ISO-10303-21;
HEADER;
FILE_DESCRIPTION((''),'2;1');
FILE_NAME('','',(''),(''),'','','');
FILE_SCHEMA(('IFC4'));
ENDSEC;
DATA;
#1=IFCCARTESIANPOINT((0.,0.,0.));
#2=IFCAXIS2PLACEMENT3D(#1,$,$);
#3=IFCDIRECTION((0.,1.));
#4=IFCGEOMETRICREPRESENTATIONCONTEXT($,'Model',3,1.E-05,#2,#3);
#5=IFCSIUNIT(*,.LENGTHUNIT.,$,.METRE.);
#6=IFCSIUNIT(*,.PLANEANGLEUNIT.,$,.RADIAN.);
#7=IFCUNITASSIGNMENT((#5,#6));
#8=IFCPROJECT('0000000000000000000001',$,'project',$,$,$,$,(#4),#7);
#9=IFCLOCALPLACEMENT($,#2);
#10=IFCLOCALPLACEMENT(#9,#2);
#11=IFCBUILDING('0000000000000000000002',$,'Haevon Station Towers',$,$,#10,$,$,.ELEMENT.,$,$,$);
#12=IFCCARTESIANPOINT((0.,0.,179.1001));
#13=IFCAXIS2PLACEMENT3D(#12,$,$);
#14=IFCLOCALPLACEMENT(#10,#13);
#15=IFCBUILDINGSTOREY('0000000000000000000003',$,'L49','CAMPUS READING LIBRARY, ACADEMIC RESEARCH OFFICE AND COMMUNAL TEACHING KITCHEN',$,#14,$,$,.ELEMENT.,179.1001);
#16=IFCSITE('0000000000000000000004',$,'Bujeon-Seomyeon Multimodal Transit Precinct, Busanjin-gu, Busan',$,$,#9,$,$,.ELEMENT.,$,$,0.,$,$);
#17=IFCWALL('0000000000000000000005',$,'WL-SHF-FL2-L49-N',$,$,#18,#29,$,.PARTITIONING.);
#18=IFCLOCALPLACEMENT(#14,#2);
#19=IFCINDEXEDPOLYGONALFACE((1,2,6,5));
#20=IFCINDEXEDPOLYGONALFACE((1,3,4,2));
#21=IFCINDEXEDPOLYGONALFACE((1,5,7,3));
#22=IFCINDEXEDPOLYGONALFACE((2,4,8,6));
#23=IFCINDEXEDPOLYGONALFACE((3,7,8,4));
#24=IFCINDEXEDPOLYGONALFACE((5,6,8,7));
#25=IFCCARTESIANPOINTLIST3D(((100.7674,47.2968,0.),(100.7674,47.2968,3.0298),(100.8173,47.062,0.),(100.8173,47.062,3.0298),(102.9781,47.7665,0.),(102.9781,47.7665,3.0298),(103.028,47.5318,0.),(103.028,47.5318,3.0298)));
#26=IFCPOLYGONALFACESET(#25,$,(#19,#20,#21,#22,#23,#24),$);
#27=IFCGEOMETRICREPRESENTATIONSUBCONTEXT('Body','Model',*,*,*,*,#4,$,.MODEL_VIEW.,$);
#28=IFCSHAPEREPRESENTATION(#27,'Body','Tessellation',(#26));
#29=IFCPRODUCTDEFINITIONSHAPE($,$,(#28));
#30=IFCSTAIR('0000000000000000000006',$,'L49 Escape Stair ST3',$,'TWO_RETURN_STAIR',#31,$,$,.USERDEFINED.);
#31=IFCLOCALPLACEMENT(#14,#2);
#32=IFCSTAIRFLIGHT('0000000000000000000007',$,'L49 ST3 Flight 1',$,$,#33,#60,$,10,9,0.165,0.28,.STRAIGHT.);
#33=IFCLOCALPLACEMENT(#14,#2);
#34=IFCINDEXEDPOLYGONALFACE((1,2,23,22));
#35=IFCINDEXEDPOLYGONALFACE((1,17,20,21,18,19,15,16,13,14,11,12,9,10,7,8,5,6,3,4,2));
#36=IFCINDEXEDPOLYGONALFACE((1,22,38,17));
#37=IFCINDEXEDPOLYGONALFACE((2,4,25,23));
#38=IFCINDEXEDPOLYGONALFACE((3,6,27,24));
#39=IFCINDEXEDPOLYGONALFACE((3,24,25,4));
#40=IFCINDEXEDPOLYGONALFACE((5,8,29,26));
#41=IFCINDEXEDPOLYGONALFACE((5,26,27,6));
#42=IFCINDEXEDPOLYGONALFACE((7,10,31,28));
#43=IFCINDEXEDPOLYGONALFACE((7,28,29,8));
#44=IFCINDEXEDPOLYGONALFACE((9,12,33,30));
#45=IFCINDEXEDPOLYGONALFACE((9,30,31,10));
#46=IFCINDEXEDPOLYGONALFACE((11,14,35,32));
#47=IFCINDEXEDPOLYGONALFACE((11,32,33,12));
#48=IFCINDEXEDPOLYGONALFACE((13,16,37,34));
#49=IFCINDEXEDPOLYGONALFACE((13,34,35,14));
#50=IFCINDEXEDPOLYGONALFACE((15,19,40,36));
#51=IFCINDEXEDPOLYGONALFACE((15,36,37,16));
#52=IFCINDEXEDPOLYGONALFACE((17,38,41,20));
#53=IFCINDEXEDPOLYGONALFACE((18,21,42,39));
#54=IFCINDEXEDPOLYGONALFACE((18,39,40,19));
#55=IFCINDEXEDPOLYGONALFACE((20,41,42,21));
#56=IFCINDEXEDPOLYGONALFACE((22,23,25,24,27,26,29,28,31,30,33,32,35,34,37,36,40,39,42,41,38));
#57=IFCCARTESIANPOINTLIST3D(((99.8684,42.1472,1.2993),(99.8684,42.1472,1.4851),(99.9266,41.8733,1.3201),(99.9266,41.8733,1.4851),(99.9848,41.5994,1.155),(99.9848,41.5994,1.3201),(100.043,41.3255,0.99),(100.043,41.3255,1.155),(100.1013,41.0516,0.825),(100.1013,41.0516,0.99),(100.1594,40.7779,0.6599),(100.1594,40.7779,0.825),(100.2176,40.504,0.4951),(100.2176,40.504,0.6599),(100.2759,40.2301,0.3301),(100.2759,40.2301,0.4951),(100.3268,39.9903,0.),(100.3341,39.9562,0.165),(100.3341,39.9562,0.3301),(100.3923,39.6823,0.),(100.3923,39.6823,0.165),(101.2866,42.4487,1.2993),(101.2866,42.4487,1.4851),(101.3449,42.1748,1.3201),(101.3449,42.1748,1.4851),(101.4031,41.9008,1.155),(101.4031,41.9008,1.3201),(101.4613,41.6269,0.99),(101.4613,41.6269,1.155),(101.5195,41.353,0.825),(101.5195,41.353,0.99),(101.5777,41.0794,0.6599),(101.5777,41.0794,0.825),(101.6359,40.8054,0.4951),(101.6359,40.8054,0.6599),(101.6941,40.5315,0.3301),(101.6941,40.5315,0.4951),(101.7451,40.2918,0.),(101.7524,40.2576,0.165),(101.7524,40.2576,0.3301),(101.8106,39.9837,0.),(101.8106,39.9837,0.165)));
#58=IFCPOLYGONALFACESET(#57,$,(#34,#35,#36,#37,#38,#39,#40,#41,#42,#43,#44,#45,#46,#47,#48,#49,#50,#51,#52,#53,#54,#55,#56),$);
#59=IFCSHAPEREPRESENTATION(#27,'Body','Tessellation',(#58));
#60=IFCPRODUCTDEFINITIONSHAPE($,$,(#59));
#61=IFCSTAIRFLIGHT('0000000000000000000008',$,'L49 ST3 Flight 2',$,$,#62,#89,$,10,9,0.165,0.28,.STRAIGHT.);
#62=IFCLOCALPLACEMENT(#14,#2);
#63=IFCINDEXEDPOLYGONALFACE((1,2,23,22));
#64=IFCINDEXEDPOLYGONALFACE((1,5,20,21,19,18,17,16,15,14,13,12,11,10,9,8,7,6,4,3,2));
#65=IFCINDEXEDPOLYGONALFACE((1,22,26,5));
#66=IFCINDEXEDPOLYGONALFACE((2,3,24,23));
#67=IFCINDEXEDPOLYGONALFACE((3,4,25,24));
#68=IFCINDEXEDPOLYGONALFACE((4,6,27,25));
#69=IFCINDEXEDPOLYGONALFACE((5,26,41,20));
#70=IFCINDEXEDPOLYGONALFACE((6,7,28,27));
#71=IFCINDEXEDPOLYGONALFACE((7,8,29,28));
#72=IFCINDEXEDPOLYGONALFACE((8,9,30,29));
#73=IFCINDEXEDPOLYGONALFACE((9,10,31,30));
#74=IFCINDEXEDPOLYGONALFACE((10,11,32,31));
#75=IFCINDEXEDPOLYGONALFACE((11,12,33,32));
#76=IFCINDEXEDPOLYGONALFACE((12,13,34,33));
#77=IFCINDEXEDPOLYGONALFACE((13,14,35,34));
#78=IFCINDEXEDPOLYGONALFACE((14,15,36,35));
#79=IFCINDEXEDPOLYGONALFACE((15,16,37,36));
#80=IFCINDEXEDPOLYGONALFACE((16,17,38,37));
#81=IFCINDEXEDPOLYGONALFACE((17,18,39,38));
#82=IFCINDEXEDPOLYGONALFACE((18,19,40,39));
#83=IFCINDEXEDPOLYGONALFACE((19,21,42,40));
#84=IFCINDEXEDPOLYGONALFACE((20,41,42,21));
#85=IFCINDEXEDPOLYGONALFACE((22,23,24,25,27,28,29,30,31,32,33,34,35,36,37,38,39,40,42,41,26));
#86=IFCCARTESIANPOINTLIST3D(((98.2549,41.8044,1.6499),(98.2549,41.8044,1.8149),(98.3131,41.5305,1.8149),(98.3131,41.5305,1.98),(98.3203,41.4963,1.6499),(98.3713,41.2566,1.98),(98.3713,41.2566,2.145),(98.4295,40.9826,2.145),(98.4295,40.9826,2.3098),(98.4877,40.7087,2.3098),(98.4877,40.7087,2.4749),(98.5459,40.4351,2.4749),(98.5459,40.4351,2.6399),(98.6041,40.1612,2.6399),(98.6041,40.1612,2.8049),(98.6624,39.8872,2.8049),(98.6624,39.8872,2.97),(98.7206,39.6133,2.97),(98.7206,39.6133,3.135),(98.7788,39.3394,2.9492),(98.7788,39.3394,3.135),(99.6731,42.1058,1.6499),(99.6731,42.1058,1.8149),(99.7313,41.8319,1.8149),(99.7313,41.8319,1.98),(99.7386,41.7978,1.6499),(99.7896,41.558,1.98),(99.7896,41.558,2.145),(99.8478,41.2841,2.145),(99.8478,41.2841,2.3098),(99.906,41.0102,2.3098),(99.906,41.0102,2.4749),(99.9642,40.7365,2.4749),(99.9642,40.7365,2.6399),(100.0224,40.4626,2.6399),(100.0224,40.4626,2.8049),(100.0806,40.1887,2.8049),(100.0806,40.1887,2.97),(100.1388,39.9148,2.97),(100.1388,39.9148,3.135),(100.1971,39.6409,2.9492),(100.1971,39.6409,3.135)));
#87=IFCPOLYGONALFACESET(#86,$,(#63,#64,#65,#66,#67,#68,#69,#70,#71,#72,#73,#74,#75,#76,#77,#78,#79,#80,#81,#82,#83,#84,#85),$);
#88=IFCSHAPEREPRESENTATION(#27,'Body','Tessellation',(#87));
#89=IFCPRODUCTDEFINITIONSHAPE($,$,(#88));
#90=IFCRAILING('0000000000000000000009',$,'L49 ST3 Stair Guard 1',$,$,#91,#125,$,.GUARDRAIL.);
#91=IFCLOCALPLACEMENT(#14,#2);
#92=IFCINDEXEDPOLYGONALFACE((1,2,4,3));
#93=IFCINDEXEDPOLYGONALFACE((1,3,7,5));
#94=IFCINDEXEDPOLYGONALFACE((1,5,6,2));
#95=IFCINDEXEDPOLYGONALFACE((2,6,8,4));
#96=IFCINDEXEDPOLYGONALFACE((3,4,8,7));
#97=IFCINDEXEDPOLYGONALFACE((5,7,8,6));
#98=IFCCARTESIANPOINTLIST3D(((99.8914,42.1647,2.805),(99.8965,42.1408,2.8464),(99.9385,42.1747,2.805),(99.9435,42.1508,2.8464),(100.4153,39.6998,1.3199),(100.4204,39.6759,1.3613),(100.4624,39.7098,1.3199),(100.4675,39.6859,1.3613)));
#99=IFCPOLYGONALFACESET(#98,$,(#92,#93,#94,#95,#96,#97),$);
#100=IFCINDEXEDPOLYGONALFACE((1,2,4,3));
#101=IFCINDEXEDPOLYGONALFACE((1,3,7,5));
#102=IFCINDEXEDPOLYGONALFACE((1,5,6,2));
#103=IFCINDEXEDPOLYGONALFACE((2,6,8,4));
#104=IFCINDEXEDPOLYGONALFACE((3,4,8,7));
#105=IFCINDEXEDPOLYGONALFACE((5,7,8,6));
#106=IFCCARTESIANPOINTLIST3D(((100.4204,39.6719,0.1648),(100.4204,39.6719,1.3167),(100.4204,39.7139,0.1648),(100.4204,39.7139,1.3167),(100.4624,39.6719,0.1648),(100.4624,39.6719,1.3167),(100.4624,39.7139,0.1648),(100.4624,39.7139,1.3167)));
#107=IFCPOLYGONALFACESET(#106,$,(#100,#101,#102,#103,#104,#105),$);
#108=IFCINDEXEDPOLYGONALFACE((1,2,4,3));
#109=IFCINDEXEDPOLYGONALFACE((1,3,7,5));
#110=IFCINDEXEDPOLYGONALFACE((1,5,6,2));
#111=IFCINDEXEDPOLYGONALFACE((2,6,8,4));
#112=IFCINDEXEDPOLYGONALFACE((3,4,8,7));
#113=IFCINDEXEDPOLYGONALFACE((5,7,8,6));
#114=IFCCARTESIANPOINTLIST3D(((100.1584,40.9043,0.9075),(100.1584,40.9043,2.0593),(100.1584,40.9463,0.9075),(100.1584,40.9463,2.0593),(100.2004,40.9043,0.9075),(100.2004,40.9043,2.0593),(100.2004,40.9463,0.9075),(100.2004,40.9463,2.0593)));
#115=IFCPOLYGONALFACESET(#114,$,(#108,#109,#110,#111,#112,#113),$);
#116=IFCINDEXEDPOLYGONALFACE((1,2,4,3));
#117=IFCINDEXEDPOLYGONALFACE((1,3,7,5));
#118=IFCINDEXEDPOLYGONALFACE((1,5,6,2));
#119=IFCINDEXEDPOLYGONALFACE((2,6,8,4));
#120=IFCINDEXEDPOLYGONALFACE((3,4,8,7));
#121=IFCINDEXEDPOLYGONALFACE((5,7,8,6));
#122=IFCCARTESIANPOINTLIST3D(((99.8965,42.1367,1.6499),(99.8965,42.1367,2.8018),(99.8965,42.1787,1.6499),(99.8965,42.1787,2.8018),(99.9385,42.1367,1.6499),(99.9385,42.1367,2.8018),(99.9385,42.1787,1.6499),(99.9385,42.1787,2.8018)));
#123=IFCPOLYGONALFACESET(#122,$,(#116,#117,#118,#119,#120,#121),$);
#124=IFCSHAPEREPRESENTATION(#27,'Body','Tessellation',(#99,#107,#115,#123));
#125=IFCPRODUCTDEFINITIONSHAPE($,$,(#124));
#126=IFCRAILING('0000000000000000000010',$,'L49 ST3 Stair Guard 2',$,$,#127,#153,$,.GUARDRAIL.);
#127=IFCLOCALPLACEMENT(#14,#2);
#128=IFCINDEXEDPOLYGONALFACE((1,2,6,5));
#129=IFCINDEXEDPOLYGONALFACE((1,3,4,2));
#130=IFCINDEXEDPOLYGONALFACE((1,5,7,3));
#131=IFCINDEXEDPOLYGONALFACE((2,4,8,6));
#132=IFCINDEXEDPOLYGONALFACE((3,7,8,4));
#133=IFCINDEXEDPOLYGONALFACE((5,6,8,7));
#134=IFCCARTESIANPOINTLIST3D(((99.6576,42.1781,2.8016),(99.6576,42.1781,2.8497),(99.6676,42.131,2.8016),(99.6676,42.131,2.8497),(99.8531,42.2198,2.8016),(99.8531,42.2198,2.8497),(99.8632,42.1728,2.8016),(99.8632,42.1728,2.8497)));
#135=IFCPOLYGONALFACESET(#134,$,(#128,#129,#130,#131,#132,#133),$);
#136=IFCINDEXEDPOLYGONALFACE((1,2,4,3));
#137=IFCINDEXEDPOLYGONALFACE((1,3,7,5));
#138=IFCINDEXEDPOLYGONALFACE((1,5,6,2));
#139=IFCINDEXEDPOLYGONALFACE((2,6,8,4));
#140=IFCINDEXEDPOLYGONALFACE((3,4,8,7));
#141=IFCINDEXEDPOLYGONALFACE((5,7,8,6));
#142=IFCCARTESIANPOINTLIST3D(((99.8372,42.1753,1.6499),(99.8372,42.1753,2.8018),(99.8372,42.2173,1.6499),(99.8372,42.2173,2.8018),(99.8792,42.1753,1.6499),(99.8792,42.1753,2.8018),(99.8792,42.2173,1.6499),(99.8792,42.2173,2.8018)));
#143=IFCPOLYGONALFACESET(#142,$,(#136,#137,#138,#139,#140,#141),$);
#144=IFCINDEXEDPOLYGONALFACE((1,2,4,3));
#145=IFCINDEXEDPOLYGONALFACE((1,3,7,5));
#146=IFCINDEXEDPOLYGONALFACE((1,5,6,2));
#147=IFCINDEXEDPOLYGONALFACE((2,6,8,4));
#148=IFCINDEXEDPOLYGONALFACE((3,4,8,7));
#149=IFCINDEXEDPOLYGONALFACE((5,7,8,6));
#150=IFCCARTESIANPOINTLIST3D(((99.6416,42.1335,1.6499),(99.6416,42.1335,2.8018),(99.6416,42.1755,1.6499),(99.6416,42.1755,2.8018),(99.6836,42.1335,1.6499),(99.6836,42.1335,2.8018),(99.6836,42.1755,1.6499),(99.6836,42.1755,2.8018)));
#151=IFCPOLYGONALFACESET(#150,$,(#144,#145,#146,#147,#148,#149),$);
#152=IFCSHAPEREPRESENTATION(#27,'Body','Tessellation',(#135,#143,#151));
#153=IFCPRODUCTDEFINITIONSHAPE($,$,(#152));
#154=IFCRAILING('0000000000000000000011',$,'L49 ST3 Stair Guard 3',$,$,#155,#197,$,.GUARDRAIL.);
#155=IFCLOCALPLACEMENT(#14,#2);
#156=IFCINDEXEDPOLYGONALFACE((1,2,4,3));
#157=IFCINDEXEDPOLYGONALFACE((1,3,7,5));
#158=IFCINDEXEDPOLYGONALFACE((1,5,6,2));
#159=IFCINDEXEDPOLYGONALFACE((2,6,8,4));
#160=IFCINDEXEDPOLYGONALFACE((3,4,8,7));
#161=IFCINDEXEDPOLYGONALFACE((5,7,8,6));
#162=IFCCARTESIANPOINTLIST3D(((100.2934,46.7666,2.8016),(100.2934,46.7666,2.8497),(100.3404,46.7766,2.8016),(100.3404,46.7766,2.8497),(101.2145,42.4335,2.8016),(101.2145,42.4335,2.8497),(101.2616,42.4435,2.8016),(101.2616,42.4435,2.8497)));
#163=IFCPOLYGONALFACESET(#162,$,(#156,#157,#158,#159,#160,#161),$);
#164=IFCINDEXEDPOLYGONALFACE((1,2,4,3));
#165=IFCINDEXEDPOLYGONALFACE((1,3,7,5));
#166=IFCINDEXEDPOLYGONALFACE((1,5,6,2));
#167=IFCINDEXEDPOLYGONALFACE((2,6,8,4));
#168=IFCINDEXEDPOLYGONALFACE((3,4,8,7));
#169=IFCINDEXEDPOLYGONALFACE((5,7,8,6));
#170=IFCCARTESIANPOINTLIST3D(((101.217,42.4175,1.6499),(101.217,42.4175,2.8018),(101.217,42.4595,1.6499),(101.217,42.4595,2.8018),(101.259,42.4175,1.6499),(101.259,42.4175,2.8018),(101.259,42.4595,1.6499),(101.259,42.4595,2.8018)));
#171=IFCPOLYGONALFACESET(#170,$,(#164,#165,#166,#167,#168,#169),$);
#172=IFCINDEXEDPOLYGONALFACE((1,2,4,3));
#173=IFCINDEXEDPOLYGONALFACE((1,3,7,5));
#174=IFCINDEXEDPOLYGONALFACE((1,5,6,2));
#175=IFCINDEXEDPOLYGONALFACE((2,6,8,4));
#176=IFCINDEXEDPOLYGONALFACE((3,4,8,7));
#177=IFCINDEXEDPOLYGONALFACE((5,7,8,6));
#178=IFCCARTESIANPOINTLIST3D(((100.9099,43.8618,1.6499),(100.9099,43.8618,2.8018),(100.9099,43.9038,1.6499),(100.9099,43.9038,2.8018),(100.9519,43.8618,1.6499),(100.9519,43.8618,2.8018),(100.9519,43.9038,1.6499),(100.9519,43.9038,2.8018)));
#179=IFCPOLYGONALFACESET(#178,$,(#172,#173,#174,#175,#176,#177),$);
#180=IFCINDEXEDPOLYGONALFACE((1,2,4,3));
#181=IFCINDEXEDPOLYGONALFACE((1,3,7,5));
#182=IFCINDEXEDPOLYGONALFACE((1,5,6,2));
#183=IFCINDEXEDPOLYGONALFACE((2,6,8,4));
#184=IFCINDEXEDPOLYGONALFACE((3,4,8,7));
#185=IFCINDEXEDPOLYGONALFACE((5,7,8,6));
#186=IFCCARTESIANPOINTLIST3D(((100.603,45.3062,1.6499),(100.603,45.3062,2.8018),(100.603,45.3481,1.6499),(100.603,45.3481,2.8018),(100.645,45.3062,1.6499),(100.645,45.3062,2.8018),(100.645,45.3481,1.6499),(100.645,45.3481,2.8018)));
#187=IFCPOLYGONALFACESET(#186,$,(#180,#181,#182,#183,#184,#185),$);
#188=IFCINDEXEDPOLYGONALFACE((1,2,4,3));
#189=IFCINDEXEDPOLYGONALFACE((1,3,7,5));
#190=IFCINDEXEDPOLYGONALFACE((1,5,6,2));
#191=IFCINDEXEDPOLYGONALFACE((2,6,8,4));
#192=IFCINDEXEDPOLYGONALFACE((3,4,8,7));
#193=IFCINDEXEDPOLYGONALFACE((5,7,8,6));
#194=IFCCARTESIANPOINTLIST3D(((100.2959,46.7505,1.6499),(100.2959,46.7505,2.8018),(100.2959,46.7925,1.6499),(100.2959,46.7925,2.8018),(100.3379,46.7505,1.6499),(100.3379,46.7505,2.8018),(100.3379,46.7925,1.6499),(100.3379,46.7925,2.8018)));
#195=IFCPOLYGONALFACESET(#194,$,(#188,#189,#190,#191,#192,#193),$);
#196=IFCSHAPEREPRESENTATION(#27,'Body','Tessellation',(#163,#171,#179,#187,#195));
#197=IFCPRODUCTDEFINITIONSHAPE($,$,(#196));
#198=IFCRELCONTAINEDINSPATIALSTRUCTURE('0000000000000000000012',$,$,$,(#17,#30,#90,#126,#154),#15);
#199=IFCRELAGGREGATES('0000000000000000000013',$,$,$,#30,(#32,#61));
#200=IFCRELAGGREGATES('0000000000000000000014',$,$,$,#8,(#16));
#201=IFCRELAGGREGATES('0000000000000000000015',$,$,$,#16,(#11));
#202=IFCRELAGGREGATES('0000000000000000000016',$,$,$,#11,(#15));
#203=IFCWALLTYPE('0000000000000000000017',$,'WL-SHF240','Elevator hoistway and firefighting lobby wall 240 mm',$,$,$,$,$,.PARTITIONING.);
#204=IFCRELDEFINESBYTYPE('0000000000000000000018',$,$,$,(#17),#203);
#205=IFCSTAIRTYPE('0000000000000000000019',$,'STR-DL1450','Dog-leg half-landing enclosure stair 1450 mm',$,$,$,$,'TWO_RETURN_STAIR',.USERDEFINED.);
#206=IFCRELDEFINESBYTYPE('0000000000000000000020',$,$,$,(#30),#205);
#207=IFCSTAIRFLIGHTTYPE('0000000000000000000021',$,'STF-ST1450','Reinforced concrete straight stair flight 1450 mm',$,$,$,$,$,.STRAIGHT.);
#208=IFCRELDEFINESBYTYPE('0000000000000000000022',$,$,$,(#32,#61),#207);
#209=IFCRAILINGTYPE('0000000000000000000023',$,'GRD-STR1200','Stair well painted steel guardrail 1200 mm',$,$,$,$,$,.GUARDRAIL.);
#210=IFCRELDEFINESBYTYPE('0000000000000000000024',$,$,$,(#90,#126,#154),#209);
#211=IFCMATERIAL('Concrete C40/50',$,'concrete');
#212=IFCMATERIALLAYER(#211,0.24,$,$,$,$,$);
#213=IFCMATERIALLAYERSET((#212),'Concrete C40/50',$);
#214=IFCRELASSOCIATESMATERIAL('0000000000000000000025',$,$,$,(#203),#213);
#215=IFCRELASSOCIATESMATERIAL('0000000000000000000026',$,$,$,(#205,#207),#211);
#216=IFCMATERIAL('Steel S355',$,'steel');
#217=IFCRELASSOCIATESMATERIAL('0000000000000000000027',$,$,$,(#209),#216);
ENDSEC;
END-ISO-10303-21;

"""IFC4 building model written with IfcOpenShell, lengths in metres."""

from ifc_helpers import new_model, si_unit, direction, frame, frame_2d, origin, origin_2d, place, context, subcontext, project, spatial, polyline, rectangle, outline, extrude, material, layer, layer_set, type_object, element, aggregate, save


model = new_model("IFC4")

# Units and contexts
model_context = context("Model", 3, precision=1e-05, world=origin(), true_north=direction((0.0, 1.0)))
body_context = subcontext(model_context, "Body", "Model", "MODEL_VIEW")
ifc_project = project(units=[si_unit("LENGTHUNIT", "METRE"), si_unit("PLANEANGLEUNIT", "RADIAN")], contexts=[model_context])

# Site, building, storey
site_placement = place(None, origin())
site = spatial("IfcSite", under=ifc_project, at=site_placement, Name="Bujeon-Seomyeon Multimodal Transit Precinct, Busanjin-gu, Busan", CompositionType="ELEMENT", RefElevation=0.0)
building_placement = place(site_placement, origin())
building = spatial("IfcBuilding", under=site, at=building_placement, Name="Haevon Station Towers", CompositionType="ELEMENT")
storey_placement = place(building_placement, frame((0.0, 0.0, 179.1001)))
storey = spatial("IfcBuildingStorey", under=building, at=storey_placement, Name="L49", Description="CAMPUS READING LIBRARY, ACADEMIC RESEARCH OFFICE AND COMMUNAL TEACHING KITCHEN", CompositionType="ELEMENT", Elevation=179.1001)

# Shared definitions
ifc_material_1 = material(Name="Steel S355", Category="steel")

# Shared definitions
ifc_material_2 = material(Name="Concrete C40/50", Category="concrete")
ifc_layer_1 = layer(ifc_material_2, 0.24)
ifc_layer_set_1 = layer_set([ifc_layer_1], Name="Concrete C40/50")
wall_type_1 = type_object("IfcWallType", Name="WL-SHF240", Description="Elevator hoistway and firefighting lobby wall 240 mm", PredefinedType="PARTITIONING", material=ifc_layer_set_1)

# Wall
wall_1_placement = place(storey_placement, frame((100.7925, 47.1794, 0.0), z_axis=(0.0, 0.0, 1.0), x_axis=(0.978163, 0.207839, 0.0)))
element("IfcWall", 1, at=wall_1_placement, inside=storey, type_object=wall_type_1, Name="WL-SHF-FL2-L49-N", PredefinedType="PARTITIONING", context=body_context, shape_type="SweptSolid", body=[
    extrude(rectangle(XDim=2.26, YDim=0.24, at=frame_2d((1.1299, 0.0))), origin(), (0.0, 0.0, 1.0), 3.0298),
])

# Stair, stair flights
stair_type = type_object("IfcStairType", Name="STR-DL1450", Description="Dog-leg half-landing enclosure stair 1450 mm", ElementType="TWO_RETURN_STAIR", PredefinedType="USERDEFINED", material=ifc_material_2)
stair_placement = place(storey_placement, origin())
stair = element("IfcStair", 2, at=stair_placement, inside=storey, type_object=stair_type, Name="L49 Escape Stair ST3", ObjectType="TWO_RETURN_STAIR", PredefinedType="USERDEFINED")
stair_flight_type = type_object("IfcStairFlightType", Name="STF-ST1450", Description="Reinforced concrete straight stair flight 1450 mm", PredefinedType="STRAIGHT", material=ifc_material_2)
stair_flight_1_placement = place(storey_placement, frame((101.1016, 39.833, 0.0), z_axis=(0.0, 0.0, 1.0), x_axis=(-0.207912, 0.978148, 0.0)))
stair_flight_1 = element("IfcStairFlight", 3, at=stair_flight_1_placement, type_object=stair_flight_type, Name="L49 ST3 Flight 1", NumberOfRisers=10, NumberOfTreads=9, PredefinedType="STRAIGHT", RiserHeight=0.165, TreadLength=0.28, context=body_context, shape_type="SweptSolid", body=[
    extrude(outline(polyline([(0.0, 0.0), (0.0, 0.165), (0.28, 0.165), (0.28, 0.3301), (0.5601, 0.3301), (0.5601, 0.4951), (0.8401, 0.4951), (0.8401, 0.6599), (1.1201, 0.6599), (1.1201, 0.825), (1.3999, 0.825), (1.3999, 0.99), (1.6799, 0.99), (1.6799, 1.155), (1.96, 1.155), (1.96, 1.3201), (2.24, 1.3201), (2.24, 1.4851), (2.52, 1.4851), (2.52, 1.6499), (2.52, 1.2993), (0.3149, 0.0), (0.0, 0.0)])), frame((0.0, 0.7251, 0.0), z_axis=(0.0, -1.0, 0.0), x_axis=(1.0, 0.0, 0.0)), (0.0, 0.0, 1.0), 1.45),
])
stair_flight_2_placement = place(storey_placement, frame((98.9639, 41.9551, 1.6499), z_axis=(0.0, 0.0, 1.0), x_axis=(0.207912, -0.978148, 0.0)))
stair_flight_2 = element("IfcStairFlight", 4, at=stair_flight_2_placement, type_object=stair_flight_type, Name="L49 ST3 Flight 2", NumberOfRisers=10, NumberOfTreads=9, PredefinedType="STRAIGHT", RiserHeight=0.165, TreadLength=0.28, context=body_context, shape_type="SweptSolid", body=[
    extrude(outline(polyline([(0.0, 0.0), (0.0, 0.165), (0.28, 0.165), (0.28, 0.3301), (0.5601, 0.3301), (0.5601, 0.4951), (0.8401, 0.4951), (0.8401, 0.6599), (1.1201, 0.6599), (1.1201, 0.825), (1.3999, 0.825), (1.3999, 0.99), (1.6799, 0.99), (1.6799, 1.155), (1.96, 1.155), (1.96, 1.3201), (2.24, 1.3201), (2.24, 1.4851), (2.52, 1.4851), (2.52, 1.6499), (2.52, 1.2993), (0.3149, 0.0), (0.0, 0.0)])), frame((0.0, 0.7251, 0.0), z_axis=(0.0, -1.0, 0.0), x_axis=(1.0, 0.0, 0.0)), (0.0, 0.0, 1.0), 1.45),
])
aggregate(stair, [stair_flight_1, stair_flight_2])

# Railings
railing_type_1 = type_object("IfcRailingType", Name="GRD-STR1200", Description="Stair well painted steel guardrail 1200 mm", PredefinedType="GUARDRAIL", material=ifc_material_1)
railing_1_placement = place(storey_placement, frame((100.4414, 39.6929, 0.1648)))
element("IfcRailing", 5, at=railing_1_placement, inside=storey, type_object=railing_type_1, Name="L49 ST3 Stair Guard 1", PredefinedType="GUARDRAIL", context=body_context, shape_type="SweptSolid", body=[
    extrude(rectangle(XDim=0.0481, YDim=0.0481, at=origin_2d()), frame((0.0, 0.0, 1.1758), z_axis=(-0.179121, 0.842688, 0.507733), x_axis=(-0.978147, -0.207914, 0.0)), (0.0, 0.0, 1.0), 2.925),
    extrude(rectangle(XDim=0.042, YDim=0.042, at=origin_2d()), origin(), (0.0, 0.0, 1.0), 1.1519),
    extrude(rectangle(XDim=0.042, YDim=0.042, at=origin_2d()), frame((-0.262, 1.2324, 0.7427)), (0.0, 0.0, 1.0), 1.1519),
    extrude(rectangle(XDim=0.042, YDim=0.042, at=origin_2d()), frame((-0.5239, 2.4648, 1.4851)), (0.0, 0.0, 1.0), 1.1519),
])
railing_2_placement = place(storey_placement, frame((99.8582, 42.1963, 1.6499)))
element("IfcRailing", 6, at=railing_2_placement, inside=storey, type_object=railing_type_1, Name="L49 ST3 Stair Guard 2", PredefinedType="GUARDRAIL", context=body_context, shape_type="SweptSolid", body=[
    extrude(rectangle(XDim=0.0481, YDim=0.0481, at=origin_2d()), frame((0.0, 0.0, 1.1758), z_axis=(-0.977963, -0.208779, 0.0), x_axis=(0.208779, -0.977963, 0.0)), (0.0, 0.0, 1.0), 0.2),
    extrude(rectangle(XDim=0.042, YDim=0.042, at=origin_2d()), origin(), (0.0, 0.0, 1.0), 1.1519),
    extrude(rectangle(XDim=0.042, YDim=0.042, at=origin_2d()), frame((-0.1956, -0.0417, 0.0)), (0.0, 0.0, 1.0), 1.1519),
])
railing_3_placement = place(storey_placement, frame((101.238, 42.4385, 1.6499)))
element("IfcRailing", 7, at=railing_3_placement, inside=storey, type_object=railing_type_1, Name="L49 ST3 Stair Guard 3", PredefinedType="GUARDRAIL", context=body_context, shape_type="SweptSolid", body=[
    extrude(rectangle(XDim=0.0481, YDim=0.0481, at=origin_2d()), frame((0.0, 0.0, 1.1758), z_axis=(-0.20794, 0.978141, 0.0), x_axis=(-0.978141, -0.20794, 0.0)), (0.0, 0.0, 1.0), 4.4299),
    extrude(rectangle(XDim=0.042, YDim=0.042, at=origin_2d()), origin(), (0.0, 0.0, 1.0), 1.1519),
    extrude(rectangle(XDim=0.042, YDim=0.042, at=origin_2d()), frame((-0.3071, 1.4443, 0.0)), (0.0, 0.0, 1.0), 1.1519),
    extrude(rectangle(XDim=0.042, YDim=0.042, at=origin_2d()), frame((-0.614, 2.8887, 0.0)), (0.0, 0.0, 1.0), 1.1519),
    extrude(rectangle(XDim=0.042, YDim=0.042, at=origin_2d()), frame((-0.9211, 4.333, 0.0)), (0.0, 0.0, 1.0), 1.1519),
])

save(model, "model.ifc")
